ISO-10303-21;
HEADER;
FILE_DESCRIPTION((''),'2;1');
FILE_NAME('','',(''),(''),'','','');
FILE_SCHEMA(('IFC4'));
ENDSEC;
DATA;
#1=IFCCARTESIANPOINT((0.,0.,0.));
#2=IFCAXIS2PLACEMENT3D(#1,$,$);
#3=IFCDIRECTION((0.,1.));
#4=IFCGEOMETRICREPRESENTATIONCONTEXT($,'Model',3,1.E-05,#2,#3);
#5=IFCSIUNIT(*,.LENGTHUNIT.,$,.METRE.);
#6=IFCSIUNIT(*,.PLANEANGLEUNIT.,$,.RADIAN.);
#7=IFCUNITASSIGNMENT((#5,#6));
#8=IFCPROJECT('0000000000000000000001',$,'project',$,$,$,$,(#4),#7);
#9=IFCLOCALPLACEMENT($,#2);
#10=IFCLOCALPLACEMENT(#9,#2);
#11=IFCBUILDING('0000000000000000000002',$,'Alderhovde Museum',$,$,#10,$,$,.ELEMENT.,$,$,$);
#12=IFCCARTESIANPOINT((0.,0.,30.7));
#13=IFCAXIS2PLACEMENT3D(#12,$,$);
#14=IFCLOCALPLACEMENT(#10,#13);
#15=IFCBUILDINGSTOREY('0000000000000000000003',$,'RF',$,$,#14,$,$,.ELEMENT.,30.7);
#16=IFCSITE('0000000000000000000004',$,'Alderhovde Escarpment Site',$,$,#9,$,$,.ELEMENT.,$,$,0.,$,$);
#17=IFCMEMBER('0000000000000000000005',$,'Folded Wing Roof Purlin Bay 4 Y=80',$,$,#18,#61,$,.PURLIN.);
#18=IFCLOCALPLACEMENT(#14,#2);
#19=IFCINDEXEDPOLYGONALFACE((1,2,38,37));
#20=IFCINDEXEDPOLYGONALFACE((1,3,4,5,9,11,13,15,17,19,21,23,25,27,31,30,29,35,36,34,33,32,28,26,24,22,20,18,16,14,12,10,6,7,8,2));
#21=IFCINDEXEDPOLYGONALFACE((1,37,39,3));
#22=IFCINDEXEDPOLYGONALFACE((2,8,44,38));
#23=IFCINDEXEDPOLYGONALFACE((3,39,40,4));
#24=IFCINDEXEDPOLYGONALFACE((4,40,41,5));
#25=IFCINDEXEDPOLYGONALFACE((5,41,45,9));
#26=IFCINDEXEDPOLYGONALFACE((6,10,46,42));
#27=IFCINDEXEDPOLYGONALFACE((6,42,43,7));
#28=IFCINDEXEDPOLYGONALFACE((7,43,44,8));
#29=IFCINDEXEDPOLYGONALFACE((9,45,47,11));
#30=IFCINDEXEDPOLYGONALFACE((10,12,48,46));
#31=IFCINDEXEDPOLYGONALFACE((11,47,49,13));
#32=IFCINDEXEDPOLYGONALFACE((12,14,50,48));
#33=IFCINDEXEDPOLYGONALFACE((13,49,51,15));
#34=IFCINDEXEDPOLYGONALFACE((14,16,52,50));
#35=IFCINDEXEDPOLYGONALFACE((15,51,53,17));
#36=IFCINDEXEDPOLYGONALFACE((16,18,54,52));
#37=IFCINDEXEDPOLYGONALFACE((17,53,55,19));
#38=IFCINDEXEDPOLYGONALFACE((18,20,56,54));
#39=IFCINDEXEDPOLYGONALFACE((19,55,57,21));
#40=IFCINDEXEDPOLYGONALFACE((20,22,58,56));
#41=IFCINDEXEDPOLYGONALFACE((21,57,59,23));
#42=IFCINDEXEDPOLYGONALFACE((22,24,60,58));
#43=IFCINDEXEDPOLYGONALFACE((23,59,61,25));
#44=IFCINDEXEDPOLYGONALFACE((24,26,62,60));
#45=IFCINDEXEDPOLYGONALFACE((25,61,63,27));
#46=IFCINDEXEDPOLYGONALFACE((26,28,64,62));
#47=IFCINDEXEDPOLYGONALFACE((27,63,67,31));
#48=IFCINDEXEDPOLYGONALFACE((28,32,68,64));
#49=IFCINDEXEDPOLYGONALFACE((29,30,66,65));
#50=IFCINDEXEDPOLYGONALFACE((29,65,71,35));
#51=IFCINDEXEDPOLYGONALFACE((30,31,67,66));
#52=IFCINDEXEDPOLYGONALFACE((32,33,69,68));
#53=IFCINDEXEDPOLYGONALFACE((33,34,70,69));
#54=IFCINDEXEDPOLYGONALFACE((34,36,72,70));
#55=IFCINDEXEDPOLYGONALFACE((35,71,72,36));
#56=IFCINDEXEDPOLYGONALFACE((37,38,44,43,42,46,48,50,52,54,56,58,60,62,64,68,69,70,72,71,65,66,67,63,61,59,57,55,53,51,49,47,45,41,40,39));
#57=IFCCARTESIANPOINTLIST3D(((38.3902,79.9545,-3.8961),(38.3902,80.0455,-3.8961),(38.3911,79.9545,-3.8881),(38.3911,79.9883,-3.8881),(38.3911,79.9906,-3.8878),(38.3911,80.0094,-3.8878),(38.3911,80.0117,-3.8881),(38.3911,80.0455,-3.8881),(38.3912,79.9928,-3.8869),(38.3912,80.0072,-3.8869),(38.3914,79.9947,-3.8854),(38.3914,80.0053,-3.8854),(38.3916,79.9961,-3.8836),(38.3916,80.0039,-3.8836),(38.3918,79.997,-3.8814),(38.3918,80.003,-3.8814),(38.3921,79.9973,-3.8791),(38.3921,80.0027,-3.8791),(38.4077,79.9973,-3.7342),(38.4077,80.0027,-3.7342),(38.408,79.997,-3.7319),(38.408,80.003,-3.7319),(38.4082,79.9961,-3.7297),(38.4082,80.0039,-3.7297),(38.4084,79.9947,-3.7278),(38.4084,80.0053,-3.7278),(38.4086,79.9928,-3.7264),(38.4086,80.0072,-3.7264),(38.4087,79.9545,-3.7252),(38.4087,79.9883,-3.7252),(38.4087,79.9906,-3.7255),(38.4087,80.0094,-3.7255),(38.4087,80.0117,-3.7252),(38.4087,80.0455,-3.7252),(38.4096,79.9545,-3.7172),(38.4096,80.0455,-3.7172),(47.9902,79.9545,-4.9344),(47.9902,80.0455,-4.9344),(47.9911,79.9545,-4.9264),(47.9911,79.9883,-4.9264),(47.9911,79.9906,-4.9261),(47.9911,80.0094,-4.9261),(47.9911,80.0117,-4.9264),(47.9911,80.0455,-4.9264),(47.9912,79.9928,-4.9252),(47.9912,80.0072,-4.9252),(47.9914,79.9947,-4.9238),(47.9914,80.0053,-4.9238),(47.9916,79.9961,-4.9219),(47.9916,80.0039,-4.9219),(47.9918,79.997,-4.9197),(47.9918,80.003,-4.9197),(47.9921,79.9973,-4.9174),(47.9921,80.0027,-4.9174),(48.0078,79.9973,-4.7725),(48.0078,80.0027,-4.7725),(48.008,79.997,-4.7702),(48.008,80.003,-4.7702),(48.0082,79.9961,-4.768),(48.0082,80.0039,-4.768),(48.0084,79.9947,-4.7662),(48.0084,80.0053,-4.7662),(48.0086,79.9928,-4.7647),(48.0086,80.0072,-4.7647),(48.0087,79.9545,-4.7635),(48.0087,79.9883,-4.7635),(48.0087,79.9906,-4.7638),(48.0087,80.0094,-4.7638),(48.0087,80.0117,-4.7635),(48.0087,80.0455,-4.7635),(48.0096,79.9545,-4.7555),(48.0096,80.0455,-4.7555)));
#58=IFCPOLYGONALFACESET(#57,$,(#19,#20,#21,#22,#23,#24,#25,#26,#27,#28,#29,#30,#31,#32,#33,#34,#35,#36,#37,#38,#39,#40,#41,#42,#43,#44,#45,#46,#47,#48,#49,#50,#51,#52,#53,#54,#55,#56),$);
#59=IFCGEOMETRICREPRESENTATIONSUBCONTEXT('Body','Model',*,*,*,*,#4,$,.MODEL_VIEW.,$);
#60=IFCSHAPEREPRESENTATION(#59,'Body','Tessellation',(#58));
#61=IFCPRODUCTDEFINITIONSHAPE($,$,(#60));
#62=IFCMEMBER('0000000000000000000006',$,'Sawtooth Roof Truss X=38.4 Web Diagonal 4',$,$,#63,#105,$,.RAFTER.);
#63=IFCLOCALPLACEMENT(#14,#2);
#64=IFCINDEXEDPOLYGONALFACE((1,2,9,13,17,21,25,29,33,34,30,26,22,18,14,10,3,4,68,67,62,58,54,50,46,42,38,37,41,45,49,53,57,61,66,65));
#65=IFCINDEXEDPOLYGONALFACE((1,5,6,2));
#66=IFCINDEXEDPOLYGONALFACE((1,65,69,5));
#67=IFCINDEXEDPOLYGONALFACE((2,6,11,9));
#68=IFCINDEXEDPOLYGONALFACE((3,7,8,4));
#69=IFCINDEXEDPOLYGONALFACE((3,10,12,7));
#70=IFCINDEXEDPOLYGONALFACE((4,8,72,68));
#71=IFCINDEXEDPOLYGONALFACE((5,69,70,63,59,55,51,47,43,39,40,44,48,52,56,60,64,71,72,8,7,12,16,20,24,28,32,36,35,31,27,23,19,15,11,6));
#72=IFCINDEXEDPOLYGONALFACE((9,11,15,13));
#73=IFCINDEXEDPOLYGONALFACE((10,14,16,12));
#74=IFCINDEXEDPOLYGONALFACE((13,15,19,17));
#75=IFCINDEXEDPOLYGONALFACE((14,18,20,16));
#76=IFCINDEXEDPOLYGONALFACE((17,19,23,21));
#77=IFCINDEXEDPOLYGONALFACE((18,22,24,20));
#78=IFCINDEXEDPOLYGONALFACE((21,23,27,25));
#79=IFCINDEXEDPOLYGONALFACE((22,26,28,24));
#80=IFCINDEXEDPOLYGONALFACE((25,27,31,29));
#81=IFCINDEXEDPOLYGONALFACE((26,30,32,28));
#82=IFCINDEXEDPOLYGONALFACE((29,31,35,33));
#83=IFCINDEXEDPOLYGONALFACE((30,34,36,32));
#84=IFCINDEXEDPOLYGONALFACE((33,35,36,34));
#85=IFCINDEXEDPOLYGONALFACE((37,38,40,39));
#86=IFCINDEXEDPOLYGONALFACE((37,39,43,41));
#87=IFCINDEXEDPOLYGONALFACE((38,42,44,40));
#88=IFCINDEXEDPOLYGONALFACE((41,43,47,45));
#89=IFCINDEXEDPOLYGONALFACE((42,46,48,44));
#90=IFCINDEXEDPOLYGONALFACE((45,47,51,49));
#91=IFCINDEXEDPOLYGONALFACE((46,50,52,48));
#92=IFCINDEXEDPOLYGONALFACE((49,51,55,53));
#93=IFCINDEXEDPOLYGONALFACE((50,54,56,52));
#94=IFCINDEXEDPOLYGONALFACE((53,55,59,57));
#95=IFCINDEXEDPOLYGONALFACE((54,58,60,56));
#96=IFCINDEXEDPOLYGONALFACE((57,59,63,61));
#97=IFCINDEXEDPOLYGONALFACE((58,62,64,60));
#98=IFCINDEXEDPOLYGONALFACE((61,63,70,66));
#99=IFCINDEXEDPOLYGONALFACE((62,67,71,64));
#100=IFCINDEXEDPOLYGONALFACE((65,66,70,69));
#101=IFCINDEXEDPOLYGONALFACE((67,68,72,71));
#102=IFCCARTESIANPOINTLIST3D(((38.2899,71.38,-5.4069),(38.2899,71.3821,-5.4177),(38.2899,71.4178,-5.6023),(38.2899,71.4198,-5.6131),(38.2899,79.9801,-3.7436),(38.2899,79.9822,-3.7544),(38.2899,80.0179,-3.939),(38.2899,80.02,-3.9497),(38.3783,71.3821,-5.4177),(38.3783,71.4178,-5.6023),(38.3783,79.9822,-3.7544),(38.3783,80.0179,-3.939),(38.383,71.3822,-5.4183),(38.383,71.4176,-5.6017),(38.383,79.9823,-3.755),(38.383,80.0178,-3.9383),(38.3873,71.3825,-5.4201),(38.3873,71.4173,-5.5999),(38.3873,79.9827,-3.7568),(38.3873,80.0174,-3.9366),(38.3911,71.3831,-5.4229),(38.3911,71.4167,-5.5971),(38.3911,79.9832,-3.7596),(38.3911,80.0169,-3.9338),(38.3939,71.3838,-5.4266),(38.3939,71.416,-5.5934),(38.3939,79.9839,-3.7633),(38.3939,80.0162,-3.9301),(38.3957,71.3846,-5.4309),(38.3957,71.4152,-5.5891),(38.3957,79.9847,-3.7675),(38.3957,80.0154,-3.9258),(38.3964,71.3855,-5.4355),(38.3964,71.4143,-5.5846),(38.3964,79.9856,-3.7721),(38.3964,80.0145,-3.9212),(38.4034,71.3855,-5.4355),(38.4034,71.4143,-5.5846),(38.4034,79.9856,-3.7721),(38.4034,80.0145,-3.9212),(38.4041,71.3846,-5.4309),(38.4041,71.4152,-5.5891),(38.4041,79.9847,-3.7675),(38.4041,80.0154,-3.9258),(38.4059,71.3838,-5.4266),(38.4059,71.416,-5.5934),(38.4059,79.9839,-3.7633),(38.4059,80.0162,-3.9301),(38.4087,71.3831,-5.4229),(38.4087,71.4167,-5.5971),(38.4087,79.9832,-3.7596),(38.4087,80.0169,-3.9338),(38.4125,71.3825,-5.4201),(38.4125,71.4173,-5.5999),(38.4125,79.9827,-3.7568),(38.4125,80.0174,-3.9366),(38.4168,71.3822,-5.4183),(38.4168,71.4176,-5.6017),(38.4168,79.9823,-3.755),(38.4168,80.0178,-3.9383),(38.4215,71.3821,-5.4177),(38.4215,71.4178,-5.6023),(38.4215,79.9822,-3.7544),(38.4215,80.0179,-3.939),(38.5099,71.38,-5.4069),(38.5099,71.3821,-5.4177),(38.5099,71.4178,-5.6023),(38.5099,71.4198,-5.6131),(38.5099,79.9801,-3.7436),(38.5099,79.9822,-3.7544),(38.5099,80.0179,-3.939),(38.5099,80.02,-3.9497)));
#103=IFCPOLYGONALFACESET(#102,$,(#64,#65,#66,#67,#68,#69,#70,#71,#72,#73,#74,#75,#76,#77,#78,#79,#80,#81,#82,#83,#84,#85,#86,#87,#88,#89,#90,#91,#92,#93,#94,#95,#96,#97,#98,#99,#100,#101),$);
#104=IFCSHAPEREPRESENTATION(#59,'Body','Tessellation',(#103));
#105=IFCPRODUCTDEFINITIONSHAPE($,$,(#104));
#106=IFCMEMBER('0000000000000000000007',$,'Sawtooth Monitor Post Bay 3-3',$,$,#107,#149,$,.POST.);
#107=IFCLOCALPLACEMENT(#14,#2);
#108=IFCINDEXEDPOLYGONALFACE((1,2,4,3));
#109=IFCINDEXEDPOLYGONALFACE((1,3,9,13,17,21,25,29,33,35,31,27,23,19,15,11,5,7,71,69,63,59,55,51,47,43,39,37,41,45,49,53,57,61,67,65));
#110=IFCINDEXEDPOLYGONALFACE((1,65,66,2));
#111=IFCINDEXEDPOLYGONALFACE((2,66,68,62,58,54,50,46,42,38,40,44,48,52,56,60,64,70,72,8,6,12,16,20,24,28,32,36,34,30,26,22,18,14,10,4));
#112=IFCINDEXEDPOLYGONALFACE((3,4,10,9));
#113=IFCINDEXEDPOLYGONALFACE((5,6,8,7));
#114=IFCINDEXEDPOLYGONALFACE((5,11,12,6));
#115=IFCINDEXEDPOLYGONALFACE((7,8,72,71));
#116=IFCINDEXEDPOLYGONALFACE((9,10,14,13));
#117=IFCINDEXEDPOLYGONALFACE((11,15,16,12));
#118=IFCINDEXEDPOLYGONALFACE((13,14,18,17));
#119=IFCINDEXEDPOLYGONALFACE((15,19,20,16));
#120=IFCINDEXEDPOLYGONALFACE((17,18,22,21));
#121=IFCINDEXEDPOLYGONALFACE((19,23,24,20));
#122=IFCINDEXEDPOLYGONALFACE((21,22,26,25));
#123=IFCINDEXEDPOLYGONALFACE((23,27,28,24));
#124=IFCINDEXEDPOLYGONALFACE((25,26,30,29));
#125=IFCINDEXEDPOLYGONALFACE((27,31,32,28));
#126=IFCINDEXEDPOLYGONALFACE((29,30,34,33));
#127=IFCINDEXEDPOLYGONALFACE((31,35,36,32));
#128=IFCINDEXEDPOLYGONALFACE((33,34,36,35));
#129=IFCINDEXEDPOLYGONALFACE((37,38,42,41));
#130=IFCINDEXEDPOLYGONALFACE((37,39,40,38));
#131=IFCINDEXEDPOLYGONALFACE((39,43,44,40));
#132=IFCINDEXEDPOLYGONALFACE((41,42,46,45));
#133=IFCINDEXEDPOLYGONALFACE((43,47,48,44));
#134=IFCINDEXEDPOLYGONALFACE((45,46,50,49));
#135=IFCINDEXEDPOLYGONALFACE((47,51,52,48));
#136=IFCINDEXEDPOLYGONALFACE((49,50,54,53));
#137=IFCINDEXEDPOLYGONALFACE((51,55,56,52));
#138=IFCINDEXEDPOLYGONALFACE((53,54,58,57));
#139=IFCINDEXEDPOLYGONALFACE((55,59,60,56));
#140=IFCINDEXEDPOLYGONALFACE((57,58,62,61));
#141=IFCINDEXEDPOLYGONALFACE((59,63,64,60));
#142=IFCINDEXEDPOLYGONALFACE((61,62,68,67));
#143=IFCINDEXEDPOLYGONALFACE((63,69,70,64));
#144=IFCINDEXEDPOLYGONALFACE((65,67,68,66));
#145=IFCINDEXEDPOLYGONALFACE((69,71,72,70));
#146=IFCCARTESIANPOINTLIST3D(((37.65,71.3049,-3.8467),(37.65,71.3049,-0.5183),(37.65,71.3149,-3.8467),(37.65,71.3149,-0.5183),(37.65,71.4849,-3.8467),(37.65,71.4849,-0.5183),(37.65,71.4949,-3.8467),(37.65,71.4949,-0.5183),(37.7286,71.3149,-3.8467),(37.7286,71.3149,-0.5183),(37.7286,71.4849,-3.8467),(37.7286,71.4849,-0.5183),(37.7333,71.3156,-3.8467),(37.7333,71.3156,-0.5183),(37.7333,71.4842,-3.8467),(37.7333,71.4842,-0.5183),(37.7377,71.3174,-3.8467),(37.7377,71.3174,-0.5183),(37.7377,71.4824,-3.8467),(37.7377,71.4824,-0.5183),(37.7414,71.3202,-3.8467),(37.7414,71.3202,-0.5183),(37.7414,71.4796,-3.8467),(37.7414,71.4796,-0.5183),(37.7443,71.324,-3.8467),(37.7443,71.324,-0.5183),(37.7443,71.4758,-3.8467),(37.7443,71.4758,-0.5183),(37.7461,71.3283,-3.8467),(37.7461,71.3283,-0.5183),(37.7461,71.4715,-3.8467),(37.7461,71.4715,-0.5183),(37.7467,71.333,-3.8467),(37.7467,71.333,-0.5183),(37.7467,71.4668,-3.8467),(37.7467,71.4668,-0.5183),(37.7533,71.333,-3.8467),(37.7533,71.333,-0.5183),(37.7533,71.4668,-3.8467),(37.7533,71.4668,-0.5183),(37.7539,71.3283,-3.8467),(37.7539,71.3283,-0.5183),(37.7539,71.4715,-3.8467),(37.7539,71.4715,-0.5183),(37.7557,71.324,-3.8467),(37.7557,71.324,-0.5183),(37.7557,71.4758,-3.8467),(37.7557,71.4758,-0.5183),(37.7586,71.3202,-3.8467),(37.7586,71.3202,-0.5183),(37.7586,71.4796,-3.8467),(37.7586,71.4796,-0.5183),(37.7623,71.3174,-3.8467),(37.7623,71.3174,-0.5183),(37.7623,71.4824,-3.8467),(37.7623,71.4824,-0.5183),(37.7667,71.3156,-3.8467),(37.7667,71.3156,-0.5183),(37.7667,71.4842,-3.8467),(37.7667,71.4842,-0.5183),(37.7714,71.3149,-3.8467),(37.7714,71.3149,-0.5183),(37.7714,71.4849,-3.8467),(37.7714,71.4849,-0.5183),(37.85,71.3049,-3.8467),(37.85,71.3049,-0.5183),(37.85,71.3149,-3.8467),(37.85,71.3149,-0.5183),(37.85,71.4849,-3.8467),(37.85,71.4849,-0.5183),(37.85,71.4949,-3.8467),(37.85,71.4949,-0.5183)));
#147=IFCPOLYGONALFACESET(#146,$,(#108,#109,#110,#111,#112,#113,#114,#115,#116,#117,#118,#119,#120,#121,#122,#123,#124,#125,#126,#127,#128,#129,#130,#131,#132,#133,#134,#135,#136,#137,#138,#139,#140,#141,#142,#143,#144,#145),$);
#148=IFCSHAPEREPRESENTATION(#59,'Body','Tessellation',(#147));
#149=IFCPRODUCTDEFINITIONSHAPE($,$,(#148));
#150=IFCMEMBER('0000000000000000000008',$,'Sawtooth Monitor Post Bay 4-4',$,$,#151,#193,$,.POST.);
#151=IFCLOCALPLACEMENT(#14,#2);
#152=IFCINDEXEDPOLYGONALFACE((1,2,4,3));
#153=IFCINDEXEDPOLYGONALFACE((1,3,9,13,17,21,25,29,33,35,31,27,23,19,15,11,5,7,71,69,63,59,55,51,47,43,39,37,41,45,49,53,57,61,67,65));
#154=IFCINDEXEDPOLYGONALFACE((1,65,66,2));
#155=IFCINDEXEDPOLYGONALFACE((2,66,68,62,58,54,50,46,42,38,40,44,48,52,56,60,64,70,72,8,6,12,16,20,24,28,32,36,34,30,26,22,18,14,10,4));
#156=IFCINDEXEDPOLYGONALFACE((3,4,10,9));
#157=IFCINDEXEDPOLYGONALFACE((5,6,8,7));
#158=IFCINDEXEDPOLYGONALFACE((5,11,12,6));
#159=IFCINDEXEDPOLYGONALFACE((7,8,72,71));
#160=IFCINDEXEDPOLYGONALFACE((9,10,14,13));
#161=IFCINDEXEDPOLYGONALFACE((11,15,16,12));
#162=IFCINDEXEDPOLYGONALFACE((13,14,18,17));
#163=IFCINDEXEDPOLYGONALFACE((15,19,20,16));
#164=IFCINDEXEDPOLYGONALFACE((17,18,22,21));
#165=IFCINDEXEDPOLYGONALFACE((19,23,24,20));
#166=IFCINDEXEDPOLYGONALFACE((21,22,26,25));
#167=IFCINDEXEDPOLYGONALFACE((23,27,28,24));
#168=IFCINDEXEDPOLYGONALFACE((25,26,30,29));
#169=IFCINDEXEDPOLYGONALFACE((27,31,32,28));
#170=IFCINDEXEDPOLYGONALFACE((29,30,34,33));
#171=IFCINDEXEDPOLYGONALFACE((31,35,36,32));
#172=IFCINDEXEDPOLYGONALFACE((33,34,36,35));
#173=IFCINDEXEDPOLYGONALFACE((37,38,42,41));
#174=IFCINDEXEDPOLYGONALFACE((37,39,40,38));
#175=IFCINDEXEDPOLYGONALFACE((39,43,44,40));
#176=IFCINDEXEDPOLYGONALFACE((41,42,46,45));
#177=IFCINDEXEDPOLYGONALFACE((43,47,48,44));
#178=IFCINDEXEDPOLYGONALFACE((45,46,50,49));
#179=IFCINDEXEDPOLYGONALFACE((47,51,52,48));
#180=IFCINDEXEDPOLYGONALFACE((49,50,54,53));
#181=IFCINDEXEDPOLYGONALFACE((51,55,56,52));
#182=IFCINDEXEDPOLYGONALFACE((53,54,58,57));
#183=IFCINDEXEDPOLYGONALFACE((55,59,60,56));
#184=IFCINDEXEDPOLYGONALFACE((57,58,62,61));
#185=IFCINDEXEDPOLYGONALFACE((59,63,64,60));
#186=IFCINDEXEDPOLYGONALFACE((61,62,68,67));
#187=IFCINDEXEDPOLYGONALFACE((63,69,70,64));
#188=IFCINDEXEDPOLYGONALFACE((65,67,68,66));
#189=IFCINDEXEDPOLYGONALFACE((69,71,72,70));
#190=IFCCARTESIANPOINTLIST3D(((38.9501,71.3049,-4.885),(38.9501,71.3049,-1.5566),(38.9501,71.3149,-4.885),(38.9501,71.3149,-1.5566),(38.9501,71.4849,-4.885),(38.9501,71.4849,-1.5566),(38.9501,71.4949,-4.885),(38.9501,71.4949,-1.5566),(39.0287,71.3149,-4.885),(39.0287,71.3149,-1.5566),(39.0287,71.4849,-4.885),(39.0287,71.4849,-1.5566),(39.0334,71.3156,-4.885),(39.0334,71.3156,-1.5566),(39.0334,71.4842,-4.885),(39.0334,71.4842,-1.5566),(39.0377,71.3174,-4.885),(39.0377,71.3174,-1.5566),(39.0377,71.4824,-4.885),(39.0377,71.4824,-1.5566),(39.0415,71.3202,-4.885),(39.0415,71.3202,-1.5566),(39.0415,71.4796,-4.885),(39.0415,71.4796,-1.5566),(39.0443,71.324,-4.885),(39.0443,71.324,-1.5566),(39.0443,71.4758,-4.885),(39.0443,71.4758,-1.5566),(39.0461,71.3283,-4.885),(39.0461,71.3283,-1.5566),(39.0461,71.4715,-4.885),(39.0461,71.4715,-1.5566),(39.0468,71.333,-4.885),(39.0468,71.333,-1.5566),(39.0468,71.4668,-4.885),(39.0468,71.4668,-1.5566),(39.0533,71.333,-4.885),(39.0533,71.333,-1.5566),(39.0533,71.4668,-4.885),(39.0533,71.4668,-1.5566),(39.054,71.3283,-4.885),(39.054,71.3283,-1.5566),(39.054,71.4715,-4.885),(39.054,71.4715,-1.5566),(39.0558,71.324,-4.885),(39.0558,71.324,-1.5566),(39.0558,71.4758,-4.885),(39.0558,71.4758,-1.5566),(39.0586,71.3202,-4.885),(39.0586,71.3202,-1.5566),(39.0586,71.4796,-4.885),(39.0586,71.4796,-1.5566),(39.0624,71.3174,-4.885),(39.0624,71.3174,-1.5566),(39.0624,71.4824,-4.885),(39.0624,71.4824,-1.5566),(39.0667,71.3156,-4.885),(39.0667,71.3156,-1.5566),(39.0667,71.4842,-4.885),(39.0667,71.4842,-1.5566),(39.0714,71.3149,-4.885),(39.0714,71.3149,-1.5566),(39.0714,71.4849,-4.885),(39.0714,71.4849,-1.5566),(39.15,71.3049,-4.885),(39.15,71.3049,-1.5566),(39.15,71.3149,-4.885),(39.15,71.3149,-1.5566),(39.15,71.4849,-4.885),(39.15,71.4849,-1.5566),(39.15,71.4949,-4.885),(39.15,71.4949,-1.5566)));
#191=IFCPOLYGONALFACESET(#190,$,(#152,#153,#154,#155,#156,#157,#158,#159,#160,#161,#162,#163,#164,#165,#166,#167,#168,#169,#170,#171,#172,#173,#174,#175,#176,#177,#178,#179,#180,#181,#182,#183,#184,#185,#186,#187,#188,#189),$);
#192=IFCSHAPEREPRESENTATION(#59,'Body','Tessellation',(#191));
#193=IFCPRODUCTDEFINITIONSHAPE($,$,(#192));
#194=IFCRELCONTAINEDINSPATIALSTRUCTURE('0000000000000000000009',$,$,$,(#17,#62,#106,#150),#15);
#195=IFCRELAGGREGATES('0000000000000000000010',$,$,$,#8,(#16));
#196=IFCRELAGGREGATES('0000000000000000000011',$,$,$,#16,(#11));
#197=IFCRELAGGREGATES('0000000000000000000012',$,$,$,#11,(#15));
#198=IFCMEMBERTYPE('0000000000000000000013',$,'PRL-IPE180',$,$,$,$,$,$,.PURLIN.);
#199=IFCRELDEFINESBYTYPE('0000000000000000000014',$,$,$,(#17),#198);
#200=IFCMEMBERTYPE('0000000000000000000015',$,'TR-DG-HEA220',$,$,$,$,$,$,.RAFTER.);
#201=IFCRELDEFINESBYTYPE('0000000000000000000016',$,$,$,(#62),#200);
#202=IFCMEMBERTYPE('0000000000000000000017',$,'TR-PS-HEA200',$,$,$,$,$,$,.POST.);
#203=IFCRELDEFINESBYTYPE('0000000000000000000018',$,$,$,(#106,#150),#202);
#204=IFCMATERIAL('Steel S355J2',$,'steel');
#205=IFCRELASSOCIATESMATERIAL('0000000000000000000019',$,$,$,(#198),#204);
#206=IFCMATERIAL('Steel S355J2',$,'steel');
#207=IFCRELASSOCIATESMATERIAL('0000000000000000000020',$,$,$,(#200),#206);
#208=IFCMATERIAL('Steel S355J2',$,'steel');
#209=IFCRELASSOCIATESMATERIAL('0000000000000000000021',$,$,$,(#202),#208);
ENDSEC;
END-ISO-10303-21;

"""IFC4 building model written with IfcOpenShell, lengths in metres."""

from ifc_helpers import new_model, si_unit, direction, frame, origin, origin_2d, place, context, subcontext, project, spatial, i_section, extrude, material, material_profile, profile_set, type_object, element, save


model = new_model("IFC4")

# Units and contexts
model_context = context("Model", 3, precision=1e-05, world=origin(), true_north=direction((0.0, 1.0)))
body_context = subcontext(model_context, "Body", "Model", "MODEL_VIEW")
ifc_project = project(units=[si_unit("LENGTHUNIT", "METRE"), si_unit("PLANEANGLEUNIT", "RADIAN")], contexts=[model_context])

# Site, building, storey
site_placement = place(None, origin())
site = spatial("IfcSite", under=ifc_project, at=site_placement, Name="Alderhovde Escarpment Site", CompositionType="ELEMENT", RefElevation=0.0)
building_placement = place(site_placement, origin())
building = spatial("IfcBuilding", under=site, at=building_placement, Name="Alderhovde Museum", CompositionType="ELEMENT")
storey_placement = place(building_placement, frame((0.0, 0.0, 30.7)))
storey = spatial("IfcBuildingStorey", under=building, at=storey_placement, Name="RF", CompositionType="ELEMENT", Elevation=30.7)

# Members
ifc_material_1 = material(Name="Steel S355J2", Category="steel")
ifc_material_profile_1 = material_profile(ifc_material_1, i_section(OverallWidth=0.0911, OverallDepth=0.1799, WebThickness=0.0054, FlangeThickness=0.0081, FilletRadius=0.009, at=origin_2d()), Name="IPE 180")
ifc_profile_set_1 = profile_set([ifc_material_profile_1], Name="Steel S355J2")
member_type_1 = type_object("IfcMemberType", Name="PRL-IPE180", PredefinedType="PURLIN", material=ifc_profile_set_1)
for number, where, z_axis, x_axis, name in (
    (1, (38.3999, 80.0, -3.8066), (0.994202, 0.0, -0.107531), (0.0, 1.0, 0.0), "Folded Wing Roof Purlin Bay 4 Y=80"),
):
    element("IfcMember", number, at=place(storey_placement, frame(where, z_axis=z_axis, x_axis=x_axis)), inside=storey, type_object=member_type_1, Name=name, PredefinedType="PURLIN", context=body_context, shape_type="SweptSolid", body=[
        extrude(i_section(OverallWidth=0.0911, OverallDepth=0.1799, WebThickness=0.0054, FlangeThickness=0.0081, FilletRadius=0.009, at=origin_2d()), origin(), (0.0, 0.0, 1.0), 9.656),
    ])
ifc_material_2 = material(Name="Steel S355J2", Category="steel")
ifc_material_profile_2 = material_profile(ifc_material_2, i_section(OverallWidth=0.22, OverallDepth=0.21, WebThickness=0.0071, FlangeThickness=0.011, FilletRadius=0.0181, at=origin_2d()), Name="HEA 220")
ifc_profile_set_2 = profile_set([ifc_material_profile_2], Name="Steel S355J2")
member_type_2 = type_object("IfcMemberType", Name="TR-DG-HEA220", PredefinedType="RAFTER", material=ifc_profile_set_2)
member_1_placement = place(storey_placement, frame((38.3999, 71.3999, -5.51), z_axis=(0.0, 0.981806, 0.189889), x_axis=(-1.0, 0.0, 0.0)))
element("IfcMember", 2, at=member_1_placement, inside=storey, type_object=member_type_2, Name="Sawtooth Roof Truss X=38.4 Web Diagonal 4", PredefinedType="RAFTER", context=body_context, shape_type="SweptSolid", body=[
    extrude(i_section(OverallWidth=0.22, OverallDepth=0.21, WebThickness=0.0071, FlangeThickness=0.011, FilletRadius=0.0181, at=origin_2d()), origin(), (0.0, 0.0, 1.0), 8.7595),
])
ifc_material_3 = material(Name="Steel S355J2", Category="steel")
ifc_material_profile_3 = material_profile(ifc_material_3, i_section(OverallWidth=0.2, OverallDepth=0.1899, WebThickness=0.0066, FlangeThickness=0.01, FilletRadius=0.0181, at=origin_2d()), Name="HEA 200")
ifc_profile_set_3 = profile_set([ifc_material_profile_3], Name="Steel S355J2")
member_type_3 = type_object("IfcMemberType", Name="TR-PS-HEA200", PredefinedType="POST", material=ifc_profile_set_3)
for number, where, z_axis, x_axis, name in (
    (3, (37.75, 71.3999, -3.8467), (0.0, 0.0, 1.0), (1.0, 0.0, 0.0), "Sawtooth Monitor Post Bay 3-3"),
    (4, (39.05, 71.3999, -4.885), (0.0, 0.0, 1.0), (1.0, 0.0, 0.0), "Sawtooth Monitor Post Bay 4-4"),
):
    element("IfcMember", number, at=place(storey_placement, frame(where, z_axis=z_axis, x_axis=x_axis)), inside=storey, type_object=member_type_3, Name=name, PredefinedType="POST", context=body_context, shape_type="SweptSolid", body=[
        extrude(i_section(OverallWidth=0.2, OverallDepth=0.1899, WebThickness=0.0066, FlangeThickness=0.01, FilletRadius=0.0181, at=origin_2d()), origin(), (0.0, 0.0, 1.0), 3.3284),
    ])

save(model, "model.ifc")
